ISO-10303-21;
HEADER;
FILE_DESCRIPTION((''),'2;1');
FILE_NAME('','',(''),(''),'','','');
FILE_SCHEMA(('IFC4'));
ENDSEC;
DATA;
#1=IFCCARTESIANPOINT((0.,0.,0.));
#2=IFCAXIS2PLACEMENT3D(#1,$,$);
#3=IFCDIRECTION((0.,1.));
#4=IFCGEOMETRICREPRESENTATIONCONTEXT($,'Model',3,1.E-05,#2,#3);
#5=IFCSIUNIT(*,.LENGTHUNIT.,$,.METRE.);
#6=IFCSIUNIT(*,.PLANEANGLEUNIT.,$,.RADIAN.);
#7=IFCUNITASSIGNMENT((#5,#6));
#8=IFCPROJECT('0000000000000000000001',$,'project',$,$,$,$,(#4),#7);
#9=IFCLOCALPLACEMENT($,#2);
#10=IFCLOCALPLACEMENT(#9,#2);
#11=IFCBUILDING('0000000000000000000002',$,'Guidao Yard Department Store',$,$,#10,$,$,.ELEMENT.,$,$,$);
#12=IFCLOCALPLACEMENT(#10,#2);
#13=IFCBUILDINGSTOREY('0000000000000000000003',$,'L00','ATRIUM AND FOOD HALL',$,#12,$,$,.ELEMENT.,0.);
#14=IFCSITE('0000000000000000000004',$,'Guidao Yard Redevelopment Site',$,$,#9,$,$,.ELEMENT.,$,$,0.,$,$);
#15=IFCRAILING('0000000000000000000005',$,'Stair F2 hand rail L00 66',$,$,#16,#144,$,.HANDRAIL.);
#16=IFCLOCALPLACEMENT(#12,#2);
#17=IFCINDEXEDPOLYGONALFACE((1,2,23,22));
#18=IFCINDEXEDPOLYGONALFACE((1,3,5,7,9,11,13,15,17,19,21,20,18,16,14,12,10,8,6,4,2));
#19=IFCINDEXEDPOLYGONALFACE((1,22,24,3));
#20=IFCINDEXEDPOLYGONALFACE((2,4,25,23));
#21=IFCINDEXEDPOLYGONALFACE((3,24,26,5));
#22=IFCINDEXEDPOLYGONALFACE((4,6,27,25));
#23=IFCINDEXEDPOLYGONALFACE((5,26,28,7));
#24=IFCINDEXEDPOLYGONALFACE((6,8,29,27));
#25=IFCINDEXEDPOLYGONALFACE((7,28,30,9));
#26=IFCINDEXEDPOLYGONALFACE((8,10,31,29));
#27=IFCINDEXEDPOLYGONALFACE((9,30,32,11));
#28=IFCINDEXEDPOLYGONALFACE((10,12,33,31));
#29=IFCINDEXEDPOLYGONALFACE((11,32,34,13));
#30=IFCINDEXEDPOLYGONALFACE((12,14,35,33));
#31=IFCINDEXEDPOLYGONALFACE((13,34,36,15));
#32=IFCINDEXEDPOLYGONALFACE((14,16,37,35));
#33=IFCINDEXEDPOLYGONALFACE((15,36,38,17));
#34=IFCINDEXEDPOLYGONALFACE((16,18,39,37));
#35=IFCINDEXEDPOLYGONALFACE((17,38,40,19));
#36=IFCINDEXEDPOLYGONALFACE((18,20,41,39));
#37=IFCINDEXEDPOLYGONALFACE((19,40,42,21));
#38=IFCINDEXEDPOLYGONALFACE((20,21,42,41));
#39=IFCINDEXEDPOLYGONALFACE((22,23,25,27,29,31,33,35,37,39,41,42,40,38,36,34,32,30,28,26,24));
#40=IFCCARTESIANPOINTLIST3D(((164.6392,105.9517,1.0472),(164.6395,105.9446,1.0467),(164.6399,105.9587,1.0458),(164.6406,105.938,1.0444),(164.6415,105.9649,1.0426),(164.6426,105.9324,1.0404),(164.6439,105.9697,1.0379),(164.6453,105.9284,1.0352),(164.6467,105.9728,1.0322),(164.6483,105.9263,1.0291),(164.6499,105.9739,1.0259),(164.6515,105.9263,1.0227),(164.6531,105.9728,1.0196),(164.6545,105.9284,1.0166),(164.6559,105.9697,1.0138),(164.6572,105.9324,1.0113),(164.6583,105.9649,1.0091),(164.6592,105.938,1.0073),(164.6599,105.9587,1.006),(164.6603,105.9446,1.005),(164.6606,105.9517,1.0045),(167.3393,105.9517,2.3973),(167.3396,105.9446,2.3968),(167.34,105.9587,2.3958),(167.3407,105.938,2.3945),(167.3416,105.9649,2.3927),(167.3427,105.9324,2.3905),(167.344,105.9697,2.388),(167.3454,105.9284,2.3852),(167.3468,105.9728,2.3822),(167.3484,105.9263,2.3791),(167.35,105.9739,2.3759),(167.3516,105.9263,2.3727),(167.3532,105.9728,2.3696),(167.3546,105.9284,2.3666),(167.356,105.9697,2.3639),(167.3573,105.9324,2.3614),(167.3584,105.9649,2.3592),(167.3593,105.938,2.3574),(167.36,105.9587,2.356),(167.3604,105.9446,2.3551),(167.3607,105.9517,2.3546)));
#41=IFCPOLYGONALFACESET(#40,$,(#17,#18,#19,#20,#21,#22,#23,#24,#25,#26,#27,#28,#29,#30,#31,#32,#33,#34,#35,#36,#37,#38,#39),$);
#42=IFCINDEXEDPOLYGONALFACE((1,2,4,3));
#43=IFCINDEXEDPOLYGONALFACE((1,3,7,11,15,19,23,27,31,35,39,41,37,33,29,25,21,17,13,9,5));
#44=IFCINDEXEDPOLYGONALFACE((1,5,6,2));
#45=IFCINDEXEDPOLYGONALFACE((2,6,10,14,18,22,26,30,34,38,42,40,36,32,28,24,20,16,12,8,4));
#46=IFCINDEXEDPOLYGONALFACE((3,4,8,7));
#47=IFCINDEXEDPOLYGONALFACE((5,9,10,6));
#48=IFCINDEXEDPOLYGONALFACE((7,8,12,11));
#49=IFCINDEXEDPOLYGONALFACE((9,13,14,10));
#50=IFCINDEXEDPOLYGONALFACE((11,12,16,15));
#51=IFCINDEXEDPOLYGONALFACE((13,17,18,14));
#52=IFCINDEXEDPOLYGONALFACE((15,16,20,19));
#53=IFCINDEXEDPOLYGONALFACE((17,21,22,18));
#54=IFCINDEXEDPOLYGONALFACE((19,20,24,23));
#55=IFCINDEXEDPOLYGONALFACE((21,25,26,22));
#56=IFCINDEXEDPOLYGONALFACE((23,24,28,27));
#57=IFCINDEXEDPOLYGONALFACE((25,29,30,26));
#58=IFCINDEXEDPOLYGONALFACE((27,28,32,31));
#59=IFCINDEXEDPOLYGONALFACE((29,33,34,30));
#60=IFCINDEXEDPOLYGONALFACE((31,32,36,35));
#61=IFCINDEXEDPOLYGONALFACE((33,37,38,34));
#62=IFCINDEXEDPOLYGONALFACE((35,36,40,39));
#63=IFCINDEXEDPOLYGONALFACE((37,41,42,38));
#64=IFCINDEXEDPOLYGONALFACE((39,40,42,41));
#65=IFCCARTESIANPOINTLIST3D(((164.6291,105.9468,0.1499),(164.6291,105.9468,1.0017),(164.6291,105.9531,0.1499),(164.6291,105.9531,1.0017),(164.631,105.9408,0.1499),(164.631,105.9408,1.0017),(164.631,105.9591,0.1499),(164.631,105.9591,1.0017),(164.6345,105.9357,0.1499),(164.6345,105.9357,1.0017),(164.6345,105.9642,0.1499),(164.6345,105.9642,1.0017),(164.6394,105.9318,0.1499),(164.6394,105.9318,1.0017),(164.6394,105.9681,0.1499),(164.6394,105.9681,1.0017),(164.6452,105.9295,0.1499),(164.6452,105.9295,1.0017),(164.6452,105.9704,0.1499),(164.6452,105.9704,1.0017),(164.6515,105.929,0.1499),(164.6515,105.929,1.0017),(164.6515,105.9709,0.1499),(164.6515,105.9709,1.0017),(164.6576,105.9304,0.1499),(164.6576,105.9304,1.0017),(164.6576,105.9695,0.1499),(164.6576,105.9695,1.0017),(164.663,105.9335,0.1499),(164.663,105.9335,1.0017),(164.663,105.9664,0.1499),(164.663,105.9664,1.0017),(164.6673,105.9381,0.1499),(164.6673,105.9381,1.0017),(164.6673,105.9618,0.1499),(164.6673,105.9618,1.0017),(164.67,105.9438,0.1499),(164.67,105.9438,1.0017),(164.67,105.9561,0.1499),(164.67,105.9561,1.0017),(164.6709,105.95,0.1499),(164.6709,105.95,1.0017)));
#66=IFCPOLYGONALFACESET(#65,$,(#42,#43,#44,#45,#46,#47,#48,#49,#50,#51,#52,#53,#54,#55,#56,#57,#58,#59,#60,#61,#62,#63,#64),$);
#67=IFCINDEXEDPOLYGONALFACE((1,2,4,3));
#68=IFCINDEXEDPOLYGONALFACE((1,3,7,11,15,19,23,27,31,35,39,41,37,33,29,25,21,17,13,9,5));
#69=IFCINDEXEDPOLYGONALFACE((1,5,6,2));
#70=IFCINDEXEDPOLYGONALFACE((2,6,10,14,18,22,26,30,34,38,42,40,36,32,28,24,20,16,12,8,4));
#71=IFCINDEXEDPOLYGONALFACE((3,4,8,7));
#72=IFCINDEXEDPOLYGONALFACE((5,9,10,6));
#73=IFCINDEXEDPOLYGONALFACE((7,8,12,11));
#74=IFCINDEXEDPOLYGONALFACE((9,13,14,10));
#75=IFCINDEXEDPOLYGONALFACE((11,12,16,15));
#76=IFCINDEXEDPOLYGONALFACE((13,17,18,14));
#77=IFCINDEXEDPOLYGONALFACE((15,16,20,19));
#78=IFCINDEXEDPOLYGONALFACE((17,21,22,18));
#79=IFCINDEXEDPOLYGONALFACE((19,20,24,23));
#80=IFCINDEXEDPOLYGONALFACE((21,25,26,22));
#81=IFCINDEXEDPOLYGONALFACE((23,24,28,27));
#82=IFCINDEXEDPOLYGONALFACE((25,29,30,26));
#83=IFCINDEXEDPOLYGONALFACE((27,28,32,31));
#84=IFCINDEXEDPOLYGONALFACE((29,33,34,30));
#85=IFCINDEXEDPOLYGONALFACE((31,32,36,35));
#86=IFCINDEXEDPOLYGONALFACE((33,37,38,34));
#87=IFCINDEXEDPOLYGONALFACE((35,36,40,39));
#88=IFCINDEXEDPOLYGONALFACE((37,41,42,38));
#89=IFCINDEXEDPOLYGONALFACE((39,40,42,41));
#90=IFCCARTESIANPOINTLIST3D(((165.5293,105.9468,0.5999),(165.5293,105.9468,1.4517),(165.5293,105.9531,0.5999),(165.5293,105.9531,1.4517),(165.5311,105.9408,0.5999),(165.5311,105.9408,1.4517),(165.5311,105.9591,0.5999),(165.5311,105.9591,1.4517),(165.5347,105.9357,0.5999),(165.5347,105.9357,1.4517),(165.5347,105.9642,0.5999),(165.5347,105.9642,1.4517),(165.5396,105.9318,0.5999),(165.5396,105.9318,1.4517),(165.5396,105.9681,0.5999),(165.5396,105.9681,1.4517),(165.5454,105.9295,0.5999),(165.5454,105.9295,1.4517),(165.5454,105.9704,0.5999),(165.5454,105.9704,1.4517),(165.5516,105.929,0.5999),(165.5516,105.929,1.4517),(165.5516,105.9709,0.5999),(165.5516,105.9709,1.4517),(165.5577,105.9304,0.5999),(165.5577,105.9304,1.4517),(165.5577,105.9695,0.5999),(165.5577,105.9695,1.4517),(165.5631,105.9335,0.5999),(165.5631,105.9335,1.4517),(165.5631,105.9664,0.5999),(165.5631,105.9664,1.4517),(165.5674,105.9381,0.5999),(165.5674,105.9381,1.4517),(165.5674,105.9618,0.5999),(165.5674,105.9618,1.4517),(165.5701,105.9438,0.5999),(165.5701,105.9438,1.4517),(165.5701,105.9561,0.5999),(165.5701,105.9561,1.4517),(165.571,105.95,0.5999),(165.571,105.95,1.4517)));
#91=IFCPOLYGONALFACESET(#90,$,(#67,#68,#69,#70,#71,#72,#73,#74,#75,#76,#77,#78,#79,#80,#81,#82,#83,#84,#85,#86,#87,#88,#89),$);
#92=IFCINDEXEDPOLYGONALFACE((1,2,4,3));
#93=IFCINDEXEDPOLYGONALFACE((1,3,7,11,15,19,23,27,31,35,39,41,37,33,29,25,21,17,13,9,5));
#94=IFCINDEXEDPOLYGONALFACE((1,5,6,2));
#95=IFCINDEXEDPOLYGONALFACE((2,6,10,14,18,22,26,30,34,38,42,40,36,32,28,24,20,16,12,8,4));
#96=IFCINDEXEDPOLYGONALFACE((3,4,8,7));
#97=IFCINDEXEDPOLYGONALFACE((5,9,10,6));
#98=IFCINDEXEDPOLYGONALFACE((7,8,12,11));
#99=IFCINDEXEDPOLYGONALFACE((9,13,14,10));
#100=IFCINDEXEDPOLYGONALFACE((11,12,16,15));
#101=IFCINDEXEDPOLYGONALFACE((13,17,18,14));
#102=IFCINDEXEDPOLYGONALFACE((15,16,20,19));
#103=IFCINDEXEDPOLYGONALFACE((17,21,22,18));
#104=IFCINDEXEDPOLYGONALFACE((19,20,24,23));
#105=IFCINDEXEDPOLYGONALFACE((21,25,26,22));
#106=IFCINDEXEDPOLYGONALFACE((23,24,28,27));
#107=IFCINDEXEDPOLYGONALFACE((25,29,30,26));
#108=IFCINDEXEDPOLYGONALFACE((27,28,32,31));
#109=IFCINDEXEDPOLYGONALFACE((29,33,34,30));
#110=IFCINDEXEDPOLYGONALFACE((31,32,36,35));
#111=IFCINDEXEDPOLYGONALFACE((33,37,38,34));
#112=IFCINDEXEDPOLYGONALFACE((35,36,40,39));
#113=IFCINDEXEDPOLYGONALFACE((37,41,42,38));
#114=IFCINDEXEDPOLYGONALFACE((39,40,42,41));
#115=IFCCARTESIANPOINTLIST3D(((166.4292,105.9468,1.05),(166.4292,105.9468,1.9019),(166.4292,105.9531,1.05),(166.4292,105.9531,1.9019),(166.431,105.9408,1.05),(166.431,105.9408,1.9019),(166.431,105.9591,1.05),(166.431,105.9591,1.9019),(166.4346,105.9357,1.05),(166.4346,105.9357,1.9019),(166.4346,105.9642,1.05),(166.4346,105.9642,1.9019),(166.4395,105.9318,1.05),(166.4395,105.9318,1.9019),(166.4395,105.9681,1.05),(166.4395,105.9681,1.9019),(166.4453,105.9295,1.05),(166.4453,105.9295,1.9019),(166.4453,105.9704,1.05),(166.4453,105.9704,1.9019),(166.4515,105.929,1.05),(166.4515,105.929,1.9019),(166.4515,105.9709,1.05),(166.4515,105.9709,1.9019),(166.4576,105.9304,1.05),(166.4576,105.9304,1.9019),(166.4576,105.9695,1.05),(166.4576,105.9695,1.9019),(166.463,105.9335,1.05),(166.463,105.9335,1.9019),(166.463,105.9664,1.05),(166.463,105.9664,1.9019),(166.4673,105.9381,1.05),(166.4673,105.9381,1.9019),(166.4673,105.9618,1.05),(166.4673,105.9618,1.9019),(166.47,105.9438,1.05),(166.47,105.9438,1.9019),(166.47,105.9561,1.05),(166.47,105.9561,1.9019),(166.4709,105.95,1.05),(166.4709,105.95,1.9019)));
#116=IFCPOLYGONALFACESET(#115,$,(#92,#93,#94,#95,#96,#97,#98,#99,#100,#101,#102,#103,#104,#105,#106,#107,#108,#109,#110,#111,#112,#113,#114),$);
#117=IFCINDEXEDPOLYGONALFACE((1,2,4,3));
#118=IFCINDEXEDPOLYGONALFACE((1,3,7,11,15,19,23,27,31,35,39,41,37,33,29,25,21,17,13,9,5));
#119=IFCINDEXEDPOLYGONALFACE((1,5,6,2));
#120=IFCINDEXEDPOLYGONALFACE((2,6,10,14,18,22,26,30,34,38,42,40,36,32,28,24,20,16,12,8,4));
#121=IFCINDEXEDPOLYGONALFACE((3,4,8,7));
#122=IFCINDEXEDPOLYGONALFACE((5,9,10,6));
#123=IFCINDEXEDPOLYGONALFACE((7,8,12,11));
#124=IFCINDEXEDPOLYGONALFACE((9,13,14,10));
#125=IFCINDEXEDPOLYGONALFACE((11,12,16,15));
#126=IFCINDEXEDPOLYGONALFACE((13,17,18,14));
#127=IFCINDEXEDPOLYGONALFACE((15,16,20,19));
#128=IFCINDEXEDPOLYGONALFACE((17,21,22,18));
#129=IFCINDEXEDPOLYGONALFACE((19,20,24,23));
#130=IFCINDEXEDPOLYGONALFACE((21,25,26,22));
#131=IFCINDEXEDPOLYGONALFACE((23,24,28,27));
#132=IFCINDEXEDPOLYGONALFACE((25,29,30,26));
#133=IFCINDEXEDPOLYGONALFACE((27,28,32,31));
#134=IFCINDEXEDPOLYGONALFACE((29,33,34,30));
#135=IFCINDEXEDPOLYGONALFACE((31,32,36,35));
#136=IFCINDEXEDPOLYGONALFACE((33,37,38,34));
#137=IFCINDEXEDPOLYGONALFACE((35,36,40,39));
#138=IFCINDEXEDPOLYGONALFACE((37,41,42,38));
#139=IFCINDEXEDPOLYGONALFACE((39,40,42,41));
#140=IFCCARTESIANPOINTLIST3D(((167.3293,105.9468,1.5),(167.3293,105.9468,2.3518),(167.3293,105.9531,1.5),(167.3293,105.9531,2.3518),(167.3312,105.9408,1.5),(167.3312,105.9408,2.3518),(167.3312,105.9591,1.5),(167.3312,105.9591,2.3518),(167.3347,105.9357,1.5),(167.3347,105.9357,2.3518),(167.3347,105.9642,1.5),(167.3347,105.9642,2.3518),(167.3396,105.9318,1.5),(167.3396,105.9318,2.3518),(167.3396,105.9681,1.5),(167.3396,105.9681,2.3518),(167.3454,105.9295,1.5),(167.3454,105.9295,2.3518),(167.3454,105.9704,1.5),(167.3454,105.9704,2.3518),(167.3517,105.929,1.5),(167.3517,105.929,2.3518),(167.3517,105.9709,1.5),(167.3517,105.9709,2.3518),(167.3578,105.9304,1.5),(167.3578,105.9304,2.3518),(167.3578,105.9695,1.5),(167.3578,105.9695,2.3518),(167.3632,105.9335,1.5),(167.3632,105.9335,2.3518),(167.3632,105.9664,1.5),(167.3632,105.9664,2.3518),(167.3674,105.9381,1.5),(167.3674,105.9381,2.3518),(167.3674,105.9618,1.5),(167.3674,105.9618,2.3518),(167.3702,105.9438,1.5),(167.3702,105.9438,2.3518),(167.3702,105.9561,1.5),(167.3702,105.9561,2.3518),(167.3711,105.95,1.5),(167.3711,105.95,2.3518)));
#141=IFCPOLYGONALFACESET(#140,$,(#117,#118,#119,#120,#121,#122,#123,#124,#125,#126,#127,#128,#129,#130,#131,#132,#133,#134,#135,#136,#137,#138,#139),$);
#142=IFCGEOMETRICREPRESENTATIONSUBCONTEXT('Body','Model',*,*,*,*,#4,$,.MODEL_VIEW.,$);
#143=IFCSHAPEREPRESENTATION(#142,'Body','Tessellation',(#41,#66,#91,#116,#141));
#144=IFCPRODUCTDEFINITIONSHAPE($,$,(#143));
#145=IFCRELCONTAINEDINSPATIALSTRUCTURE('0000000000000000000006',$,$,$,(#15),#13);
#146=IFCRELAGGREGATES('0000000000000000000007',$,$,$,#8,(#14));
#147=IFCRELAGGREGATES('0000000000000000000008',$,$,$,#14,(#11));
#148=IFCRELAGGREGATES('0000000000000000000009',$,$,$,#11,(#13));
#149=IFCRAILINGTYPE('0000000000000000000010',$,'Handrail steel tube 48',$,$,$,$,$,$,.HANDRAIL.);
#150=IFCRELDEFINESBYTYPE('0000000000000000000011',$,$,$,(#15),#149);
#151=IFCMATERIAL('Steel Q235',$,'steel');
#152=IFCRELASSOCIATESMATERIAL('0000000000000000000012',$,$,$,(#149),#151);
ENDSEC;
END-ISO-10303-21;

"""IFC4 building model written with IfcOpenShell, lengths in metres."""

from ifc_helpers import new_model, si_unit, direction, frame, origin, origin_2d, place, context, subcontext, project, spatial, circle, extrude, material, type_object, element, save


model = new_model("IFC4")

# Units and contexts
model_context = context("Model", 3, precision=1e-05, world=origin(), true_north=direction((0.0, 1.0)))
body_context = subcontext(model_context, "Body", "Model", "MODEL_VIEW")
ifc_project = project(units=[si_unit("LENGTHUNIT", "METRE"), si_unit("PLANEANGLEUNIT", "RADIAN")], contexts=[model_context])

# Site, building, storey
site_placement = place(None, origin())
site = spatial("IfcSite", under=ifc_project, at=site_placement, Name="Guidao Yard Redevelopment Site", CompositionType="ELEMENT", RefElevation=0.0)
building_placement = place(site_placement, origin())
building = spatial("IfcBuilding", under=site, at=building_placement, Name="Guidao Yard Department Store", CompositionType="ELEMENT")
storey_placement = place(building_placement, origin())
storey = spatial("IfcBuildingStorey", under=building, at=storey_placement, Name="L00", Description="ATRIUM AND FOOD HALL", CompositionType="ELEMENT", Elevation=0.0)

# Railing
ifc_material_1 = material(Name="Steel Q235", Category="steel")
railing_type = type_object("IfcRailingType", Name="Handrail steel tube 48", PredefinedType="HANDRAIL", material=ifc_material_1)
for number, where, name in (
    (1, (164.6499, 105.95, 0.1499), "Stair F2 hand rail L00 66"),
):
    element("IfcRailing", number, at=place(storey_placement, frame(where)), inside=storey, type_object=railing_type, Name=name, PredefinedType="HANDRAIL", context=body_context, shape_type="SweptSolid", body=[
        extrude(circle(Radius=0.0239, at=origin_2d()), frame((0.0, 0.0, 0.876), z_axis=(0.894427, 0.0, 0.447214), x_axis=(0.0, 1.0, 0.0)), (0.0, 0.0, 1.0), 3.0188),
        extrude(circle(Radius=0.021, at=origin_2d()), origin(), (0.0, 0.0, 1.0), 0.8518),
        extrude(circle(Radius=0.021, at=origin_2d()), frame((0.9001, 0.0, 0.45)), (0.0, 0.0, 1.0), 0.8518),
        extrude(circle(Radius=0.021, at=origin_2d()), frame((1.8, 0.0, 0.9001)), (0.0, 0.0, 1.0), 0.8518),
        extrude(circle(Radius=0.021, at=origin_2d()), frame((2.7002, 0.0, 1.3501)), (0.0, 0.0, 1.0), 0.8518),
    ])

save(model, "model.ifc")
